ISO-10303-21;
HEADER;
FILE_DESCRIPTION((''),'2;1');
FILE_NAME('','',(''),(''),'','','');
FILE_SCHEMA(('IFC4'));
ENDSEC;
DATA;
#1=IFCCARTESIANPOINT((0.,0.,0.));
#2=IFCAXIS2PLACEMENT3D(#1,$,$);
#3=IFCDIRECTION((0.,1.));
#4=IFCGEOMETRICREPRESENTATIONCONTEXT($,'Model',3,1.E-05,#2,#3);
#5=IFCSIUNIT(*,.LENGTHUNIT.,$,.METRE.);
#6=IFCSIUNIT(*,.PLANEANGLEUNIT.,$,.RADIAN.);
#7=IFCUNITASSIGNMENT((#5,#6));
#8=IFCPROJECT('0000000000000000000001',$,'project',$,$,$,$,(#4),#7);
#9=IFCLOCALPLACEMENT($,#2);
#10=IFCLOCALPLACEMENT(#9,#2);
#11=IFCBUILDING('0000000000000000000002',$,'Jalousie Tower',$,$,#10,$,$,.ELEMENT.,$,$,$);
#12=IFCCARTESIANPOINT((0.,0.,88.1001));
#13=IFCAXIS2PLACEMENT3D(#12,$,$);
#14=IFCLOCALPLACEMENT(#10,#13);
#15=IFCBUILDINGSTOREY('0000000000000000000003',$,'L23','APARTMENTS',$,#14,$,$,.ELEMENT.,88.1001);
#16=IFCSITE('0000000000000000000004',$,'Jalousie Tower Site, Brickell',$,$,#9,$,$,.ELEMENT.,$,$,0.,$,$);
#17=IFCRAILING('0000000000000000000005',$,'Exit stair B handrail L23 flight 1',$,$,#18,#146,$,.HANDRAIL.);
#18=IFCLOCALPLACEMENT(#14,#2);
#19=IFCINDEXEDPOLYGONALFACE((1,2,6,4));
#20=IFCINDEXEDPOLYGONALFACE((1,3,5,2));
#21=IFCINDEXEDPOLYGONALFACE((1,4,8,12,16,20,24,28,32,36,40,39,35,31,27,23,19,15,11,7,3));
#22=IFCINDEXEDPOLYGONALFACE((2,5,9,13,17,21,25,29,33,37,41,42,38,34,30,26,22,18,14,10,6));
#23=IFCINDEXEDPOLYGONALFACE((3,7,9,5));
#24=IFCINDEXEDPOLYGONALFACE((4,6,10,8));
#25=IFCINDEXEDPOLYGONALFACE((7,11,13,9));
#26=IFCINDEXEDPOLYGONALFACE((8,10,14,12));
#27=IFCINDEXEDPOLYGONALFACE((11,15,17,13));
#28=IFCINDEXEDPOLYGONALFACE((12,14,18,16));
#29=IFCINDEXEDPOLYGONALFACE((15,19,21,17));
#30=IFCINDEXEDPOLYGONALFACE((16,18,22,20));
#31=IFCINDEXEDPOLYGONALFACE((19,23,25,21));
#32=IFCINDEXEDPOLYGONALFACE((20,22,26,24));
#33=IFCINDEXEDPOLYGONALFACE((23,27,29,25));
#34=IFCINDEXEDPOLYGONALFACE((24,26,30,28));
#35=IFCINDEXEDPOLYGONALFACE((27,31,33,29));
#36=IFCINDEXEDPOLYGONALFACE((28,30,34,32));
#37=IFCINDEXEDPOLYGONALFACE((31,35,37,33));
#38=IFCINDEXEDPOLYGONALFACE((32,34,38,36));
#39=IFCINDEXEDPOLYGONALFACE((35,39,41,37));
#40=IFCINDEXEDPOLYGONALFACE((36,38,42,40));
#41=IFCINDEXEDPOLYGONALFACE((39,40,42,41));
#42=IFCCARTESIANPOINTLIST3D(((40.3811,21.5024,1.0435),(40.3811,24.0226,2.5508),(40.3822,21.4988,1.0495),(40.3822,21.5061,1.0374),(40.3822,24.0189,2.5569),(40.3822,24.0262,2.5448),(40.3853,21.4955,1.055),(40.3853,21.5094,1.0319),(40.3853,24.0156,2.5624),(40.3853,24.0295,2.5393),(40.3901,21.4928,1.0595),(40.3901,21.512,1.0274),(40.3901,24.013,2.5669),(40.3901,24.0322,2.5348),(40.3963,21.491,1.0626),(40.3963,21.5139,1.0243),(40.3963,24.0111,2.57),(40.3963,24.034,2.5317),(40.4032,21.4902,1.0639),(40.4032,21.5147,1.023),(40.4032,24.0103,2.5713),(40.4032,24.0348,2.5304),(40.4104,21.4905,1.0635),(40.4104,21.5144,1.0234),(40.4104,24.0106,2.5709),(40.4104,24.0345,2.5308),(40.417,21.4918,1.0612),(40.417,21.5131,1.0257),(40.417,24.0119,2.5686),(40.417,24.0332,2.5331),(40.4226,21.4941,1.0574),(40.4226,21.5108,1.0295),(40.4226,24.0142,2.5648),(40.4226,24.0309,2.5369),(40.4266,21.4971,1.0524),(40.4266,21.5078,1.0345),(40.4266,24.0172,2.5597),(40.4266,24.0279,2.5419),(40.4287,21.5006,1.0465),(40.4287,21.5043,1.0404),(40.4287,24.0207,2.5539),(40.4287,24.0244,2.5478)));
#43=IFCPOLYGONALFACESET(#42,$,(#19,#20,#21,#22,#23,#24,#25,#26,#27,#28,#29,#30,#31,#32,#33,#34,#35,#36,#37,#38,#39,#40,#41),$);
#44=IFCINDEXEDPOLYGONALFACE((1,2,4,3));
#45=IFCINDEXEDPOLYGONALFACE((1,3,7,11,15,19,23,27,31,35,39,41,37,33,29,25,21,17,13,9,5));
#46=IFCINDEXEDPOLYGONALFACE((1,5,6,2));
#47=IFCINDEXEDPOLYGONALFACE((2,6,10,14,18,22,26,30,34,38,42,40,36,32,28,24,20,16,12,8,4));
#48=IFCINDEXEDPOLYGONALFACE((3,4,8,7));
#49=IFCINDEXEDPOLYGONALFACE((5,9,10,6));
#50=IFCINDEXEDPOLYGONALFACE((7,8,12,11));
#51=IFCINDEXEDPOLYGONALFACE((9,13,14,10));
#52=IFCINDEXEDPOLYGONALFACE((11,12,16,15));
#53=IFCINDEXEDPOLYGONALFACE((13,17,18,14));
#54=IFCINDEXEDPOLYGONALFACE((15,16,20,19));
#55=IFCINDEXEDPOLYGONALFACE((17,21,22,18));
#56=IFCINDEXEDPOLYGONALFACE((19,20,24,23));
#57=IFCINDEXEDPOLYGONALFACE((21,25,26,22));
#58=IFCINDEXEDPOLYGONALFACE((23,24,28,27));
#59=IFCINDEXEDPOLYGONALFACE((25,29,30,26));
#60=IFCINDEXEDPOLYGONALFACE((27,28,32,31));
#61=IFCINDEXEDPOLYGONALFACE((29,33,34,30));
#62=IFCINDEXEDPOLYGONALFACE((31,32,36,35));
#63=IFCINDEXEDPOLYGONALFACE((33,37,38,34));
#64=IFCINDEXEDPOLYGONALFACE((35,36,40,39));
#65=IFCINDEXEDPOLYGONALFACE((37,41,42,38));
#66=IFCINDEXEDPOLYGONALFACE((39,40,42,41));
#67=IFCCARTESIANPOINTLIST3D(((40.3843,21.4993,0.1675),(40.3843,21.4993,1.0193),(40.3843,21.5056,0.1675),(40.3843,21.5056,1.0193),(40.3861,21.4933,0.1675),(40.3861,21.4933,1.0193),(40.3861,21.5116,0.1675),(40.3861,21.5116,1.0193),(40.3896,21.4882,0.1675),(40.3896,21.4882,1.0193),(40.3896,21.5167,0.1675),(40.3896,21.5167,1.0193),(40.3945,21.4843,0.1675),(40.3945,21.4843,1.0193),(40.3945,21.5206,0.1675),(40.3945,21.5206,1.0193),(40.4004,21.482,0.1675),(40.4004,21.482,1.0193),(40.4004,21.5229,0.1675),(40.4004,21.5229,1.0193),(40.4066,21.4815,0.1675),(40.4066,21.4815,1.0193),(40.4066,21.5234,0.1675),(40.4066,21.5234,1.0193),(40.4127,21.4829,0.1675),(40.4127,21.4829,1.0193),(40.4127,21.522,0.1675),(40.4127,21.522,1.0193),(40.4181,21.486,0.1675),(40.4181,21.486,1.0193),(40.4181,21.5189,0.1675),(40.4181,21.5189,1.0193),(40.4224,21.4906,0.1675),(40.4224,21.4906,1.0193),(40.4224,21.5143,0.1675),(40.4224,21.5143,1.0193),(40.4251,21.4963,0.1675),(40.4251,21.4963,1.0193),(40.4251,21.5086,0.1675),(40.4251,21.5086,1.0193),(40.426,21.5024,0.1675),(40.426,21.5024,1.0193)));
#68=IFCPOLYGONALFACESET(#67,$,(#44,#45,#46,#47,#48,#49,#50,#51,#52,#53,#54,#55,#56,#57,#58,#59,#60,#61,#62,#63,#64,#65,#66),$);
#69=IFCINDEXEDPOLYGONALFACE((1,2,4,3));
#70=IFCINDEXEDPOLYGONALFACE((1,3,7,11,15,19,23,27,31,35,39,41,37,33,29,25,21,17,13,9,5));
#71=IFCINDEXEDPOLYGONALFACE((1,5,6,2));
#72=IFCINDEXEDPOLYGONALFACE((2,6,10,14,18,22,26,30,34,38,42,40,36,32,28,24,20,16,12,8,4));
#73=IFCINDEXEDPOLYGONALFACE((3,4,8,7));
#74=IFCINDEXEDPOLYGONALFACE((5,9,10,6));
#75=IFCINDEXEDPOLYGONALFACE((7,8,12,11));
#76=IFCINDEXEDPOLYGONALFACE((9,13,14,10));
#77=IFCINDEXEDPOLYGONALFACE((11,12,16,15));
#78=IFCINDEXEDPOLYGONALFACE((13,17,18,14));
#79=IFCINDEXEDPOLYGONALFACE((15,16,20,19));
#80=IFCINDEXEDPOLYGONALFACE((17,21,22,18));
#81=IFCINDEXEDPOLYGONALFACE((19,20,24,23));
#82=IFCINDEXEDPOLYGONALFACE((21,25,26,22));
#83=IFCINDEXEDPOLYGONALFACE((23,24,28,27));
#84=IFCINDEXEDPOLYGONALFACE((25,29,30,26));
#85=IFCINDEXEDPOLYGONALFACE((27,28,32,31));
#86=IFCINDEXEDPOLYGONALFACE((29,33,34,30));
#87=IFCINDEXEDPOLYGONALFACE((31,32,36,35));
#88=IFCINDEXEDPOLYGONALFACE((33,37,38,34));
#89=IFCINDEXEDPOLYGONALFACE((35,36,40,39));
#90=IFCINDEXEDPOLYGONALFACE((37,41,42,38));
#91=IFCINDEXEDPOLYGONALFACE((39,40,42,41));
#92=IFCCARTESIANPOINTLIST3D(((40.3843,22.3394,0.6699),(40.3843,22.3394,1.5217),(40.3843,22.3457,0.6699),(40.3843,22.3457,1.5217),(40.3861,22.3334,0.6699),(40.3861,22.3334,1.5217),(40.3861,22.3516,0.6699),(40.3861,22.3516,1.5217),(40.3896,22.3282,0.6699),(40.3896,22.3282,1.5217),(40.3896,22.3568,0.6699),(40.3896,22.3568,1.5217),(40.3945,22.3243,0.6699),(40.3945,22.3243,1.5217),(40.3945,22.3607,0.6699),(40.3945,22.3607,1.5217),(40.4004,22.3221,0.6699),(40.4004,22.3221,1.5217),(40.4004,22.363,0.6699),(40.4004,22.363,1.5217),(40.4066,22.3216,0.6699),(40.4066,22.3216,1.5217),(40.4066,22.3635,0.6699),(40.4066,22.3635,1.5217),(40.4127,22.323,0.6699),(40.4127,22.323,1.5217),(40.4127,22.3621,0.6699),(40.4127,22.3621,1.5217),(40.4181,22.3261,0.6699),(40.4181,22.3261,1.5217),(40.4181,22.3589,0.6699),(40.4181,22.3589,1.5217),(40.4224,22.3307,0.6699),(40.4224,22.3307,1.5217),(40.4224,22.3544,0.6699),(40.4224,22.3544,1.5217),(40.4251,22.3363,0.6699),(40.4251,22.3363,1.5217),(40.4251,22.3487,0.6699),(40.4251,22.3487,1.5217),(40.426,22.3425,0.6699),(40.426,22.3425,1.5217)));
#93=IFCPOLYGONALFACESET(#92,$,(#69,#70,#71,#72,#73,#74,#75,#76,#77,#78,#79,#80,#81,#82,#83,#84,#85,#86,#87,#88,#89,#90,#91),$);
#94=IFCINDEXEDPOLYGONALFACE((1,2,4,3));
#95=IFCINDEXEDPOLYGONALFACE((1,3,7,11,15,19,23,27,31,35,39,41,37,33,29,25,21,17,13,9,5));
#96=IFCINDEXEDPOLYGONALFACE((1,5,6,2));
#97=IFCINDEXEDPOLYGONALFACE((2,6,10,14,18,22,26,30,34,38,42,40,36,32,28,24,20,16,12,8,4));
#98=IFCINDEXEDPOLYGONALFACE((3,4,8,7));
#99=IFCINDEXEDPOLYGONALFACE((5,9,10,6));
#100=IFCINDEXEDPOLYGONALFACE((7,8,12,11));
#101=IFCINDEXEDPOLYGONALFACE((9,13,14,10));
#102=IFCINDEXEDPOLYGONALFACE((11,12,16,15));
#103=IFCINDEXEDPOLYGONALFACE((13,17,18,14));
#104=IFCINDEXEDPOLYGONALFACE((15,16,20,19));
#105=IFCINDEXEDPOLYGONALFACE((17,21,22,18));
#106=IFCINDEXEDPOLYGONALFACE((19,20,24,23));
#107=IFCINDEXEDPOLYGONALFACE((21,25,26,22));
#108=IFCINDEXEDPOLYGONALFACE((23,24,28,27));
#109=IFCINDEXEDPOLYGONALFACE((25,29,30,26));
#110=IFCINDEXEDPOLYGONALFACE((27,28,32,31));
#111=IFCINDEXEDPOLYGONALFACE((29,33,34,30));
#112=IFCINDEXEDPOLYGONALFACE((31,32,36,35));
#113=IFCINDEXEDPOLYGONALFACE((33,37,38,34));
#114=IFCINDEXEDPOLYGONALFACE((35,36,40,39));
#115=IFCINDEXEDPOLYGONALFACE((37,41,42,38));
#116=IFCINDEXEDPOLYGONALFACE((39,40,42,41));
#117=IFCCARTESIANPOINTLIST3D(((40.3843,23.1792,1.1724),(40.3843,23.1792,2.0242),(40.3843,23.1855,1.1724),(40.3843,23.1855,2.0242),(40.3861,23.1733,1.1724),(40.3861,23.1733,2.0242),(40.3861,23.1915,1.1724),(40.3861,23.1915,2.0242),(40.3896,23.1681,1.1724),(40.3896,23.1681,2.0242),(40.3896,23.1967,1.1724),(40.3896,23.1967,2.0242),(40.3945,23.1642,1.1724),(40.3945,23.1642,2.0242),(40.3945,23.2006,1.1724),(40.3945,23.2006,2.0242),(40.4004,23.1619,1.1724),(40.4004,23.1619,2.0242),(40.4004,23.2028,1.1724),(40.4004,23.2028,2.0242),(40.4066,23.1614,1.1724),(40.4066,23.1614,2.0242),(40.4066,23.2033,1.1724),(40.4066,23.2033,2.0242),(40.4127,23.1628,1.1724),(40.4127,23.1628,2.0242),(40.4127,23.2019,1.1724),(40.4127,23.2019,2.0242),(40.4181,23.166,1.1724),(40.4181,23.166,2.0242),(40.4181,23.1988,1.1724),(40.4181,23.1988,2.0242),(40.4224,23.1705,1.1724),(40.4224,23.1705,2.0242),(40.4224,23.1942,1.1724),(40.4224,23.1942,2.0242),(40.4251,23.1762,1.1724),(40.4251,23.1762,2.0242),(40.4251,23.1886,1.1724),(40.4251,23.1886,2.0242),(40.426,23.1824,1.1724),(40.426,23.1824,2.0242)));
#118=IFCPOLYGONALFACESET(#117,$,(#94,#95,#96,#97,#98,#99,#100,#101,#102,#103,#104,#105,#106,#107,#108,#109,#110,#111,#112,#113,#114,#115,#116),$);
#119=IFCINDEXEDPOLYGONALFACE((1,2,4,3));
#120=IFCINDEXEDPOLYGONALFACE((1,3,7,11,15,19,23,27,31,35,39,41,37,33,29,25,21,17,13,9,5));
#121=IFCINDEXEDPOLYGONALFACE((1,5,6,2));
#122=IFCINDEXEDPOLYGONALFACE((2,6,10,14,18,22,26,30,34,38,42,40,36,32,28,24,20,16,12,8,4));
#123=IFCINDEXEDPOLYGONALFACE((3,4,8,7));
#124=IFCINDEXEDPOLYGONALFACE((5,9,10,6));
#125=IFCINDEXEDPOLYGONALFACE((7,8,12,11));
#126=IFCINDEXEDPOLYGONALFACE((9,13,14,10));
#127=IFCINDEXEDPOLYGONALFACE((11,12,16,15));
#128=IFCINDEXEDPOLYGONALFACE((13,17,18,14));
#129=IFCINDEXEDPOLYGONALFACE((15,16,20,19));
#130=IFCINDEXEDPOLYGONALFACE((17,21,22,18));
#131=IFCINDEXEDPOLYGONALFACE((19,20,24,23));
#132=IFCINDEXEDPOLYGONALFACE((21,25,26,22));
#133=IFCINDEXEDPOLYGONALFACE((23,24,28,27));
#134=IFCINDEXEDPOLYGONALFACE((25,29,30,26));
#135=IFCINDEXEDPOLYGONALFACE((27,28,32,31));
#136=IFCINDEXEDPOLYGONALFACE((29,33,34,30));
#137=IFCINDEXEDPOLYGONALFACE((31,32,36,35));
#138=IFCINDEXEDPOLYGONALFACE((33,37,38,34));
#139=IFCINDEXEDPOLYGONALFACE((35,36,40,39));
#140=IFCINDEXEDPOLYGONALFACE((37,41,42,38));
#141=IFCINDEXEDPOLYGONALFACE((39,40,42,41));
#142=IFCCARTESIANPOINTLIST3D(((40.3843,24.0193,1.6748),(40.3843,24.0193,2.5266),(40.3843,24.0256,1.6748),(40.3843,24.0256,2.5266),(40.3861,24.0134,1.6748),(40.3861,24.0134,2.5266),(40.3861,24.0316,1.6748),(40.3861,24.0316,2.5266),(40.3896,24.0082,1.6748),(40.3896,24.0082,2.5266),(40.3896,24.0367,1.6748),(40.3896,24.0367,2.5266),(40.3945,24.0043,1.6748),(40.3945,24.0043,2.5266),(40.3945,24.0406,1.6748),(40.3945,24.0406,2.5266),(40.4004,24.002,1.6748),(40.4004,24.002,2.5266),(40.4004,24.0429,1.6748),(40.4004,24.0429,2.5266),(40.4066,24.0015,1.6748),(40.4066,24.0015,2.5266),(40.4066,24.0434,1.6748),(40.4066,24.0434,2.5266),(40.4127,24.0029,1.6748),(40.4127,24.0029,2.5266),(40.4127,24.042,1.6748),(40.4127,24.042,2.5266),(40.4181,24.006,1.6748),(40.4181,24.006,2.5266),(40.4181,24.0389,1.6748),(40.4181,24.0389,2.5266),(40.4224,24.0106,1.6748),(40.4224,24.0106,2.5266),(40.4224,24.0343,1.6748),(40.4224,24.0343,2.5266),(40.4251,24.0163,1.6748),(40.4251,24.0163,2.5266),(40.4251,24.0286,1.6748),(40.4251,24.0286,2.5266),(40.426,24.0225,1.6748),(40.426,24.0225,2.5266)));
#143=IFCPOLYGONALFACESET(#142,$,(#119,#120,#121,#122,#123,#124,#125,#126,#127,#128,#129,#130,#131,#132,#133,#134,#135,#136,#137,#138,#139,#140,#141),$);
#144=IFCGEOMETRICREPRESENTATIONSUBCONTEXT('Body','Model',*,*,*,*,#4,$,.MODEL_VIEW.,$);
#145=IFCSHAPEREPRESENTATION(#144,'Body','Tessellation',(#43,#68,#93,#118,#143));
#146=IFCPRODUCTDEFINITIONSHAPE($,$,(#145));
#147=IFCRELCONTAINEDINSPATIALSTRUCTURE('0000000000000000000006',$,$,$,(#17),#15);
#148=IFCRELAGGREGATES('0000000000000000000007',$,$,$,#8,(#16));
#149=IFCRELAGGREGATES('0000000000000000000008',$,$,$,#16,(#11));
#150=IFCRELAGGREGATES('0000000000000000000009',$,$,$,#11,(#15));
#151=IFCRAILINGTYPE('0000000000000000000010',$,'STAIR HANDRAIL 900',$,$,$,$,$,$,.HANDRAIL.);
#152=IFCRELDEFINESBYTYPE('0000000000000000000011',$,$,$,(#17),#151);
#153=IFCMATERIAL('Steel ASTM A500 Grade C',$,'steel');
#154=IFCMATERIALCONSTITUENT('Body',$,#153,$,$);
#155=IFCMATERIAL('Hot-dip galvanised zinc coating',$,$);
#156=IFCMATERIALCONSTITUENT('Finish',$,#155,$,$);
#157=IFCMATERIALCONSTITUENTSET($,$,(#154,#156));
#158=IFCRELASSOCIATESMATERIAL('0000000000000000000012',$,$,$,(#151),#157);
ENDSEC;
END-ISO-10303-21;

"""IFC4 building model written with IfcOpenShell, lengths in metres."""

from ifc_helpers import new_model, si_unit, direction, frame, origin, origin_2d, place, context, subcontext, project, spatial, circle, extrude, material, constituent, constituent_set, type_object, element, save


model = new_model("IFC4")

# Units and contexts
model_context = context("Model", 3, precision=1e-05, world=origin(), true_north=direction((0.0, 1.0)))
body_context = subcontext(model_context, "Body", "Model", "MODEL_VIEW")
ifc_project = project(units=[si_unit("LENGTHUNIT", "METRE"), si_unit("PLANEANGLEUNIT", "RADIAN")], contexts=[model_context])

# Site, building, storey
site_placement = place(None, origin())
site = spatial("IfcSite", under=ifc_project, at=site_placement, Name="Jalousie Tower Site, Brickell", CompositionType="ELEMENT", RefElevation=0.0)
building_placement = place(site_placement, origin())
building = spatial("IfcBuilding", under=site, at=building_placement, Name="Jalousie Tower", CompositionType="ELEMENT")
storey_placement = place(building_placement, frame((0.0, 0.0, 88.1001)))
storey = spatial("IfcBuildingStorey", under=building, at=storey_placement, Name="L23", Description="APARTMENTS", CompositionType="ELEMENT", Elevation=88.1001)

# Railing
ifc_material_1 = material(Name="Steel ASTM A500 Grade C", Category="steel")
ifc_constituent_1 = constituent(ifc_material_1, Name="Body")
ifc_material_2 = material(Name="Hot-dip galvanised zinc coating")
ifc_constituent_2 = constituent(ifc_material_2, Name="Finish")
ifc_constituent_set = constituent_set(constituents=[ifc_constituent_1, ifc_constituent_2])
railing_type = type_object("IfcRailingType", Name="STAIR HANDRAIL 900", PredefinedType="HANDRAIL", material=ifc_constituent_set)
railing_placement = place(storey_placement, frame((40.405, 21.5024, 0.1675)))
element("IfcRailing", 1, at=railing_placement, inside=storey, type_object=railing_type, Name="Exit stair B handrail L23 flight 1", PredefinedType="HANDRAIL", context=body_context, shape_type="SweptSolid", body=[
    extrude(circle(Radius=0.0239, at=origin_2d()), frame((0.0, 0.0, 0.876), z_axis=(0.0, 0.858196, 0.513321), x_axis=(-1.0, 0.0, 0.0)), (0.0, 0.0, 1.0), 2.9365),
    extrude(circle(Radius=0.021, at=origin_2d()), origin(), (0.0, 0.0, 1.0), 0.8518),
    extrude(circle(Radius=0.021, at=origin_2d()), frame((0.0, 0.8401, 0.5024)), (0.0, 0.0, 1.0), 0.8518),
    extrude(circle(Radius=0.021, at=origin_2d()), frame((0.0, 1.6799, 1.0049)), (0.0, 0.0, 1.0), 0.8518),
    extrude(circle(Radius=0.021, at=origin_2d()), frame((0.0, 2.52, 1.5073)), (0.0, 0.0, 1.0), 0.8518),
])

save(model, "model.ifc")
